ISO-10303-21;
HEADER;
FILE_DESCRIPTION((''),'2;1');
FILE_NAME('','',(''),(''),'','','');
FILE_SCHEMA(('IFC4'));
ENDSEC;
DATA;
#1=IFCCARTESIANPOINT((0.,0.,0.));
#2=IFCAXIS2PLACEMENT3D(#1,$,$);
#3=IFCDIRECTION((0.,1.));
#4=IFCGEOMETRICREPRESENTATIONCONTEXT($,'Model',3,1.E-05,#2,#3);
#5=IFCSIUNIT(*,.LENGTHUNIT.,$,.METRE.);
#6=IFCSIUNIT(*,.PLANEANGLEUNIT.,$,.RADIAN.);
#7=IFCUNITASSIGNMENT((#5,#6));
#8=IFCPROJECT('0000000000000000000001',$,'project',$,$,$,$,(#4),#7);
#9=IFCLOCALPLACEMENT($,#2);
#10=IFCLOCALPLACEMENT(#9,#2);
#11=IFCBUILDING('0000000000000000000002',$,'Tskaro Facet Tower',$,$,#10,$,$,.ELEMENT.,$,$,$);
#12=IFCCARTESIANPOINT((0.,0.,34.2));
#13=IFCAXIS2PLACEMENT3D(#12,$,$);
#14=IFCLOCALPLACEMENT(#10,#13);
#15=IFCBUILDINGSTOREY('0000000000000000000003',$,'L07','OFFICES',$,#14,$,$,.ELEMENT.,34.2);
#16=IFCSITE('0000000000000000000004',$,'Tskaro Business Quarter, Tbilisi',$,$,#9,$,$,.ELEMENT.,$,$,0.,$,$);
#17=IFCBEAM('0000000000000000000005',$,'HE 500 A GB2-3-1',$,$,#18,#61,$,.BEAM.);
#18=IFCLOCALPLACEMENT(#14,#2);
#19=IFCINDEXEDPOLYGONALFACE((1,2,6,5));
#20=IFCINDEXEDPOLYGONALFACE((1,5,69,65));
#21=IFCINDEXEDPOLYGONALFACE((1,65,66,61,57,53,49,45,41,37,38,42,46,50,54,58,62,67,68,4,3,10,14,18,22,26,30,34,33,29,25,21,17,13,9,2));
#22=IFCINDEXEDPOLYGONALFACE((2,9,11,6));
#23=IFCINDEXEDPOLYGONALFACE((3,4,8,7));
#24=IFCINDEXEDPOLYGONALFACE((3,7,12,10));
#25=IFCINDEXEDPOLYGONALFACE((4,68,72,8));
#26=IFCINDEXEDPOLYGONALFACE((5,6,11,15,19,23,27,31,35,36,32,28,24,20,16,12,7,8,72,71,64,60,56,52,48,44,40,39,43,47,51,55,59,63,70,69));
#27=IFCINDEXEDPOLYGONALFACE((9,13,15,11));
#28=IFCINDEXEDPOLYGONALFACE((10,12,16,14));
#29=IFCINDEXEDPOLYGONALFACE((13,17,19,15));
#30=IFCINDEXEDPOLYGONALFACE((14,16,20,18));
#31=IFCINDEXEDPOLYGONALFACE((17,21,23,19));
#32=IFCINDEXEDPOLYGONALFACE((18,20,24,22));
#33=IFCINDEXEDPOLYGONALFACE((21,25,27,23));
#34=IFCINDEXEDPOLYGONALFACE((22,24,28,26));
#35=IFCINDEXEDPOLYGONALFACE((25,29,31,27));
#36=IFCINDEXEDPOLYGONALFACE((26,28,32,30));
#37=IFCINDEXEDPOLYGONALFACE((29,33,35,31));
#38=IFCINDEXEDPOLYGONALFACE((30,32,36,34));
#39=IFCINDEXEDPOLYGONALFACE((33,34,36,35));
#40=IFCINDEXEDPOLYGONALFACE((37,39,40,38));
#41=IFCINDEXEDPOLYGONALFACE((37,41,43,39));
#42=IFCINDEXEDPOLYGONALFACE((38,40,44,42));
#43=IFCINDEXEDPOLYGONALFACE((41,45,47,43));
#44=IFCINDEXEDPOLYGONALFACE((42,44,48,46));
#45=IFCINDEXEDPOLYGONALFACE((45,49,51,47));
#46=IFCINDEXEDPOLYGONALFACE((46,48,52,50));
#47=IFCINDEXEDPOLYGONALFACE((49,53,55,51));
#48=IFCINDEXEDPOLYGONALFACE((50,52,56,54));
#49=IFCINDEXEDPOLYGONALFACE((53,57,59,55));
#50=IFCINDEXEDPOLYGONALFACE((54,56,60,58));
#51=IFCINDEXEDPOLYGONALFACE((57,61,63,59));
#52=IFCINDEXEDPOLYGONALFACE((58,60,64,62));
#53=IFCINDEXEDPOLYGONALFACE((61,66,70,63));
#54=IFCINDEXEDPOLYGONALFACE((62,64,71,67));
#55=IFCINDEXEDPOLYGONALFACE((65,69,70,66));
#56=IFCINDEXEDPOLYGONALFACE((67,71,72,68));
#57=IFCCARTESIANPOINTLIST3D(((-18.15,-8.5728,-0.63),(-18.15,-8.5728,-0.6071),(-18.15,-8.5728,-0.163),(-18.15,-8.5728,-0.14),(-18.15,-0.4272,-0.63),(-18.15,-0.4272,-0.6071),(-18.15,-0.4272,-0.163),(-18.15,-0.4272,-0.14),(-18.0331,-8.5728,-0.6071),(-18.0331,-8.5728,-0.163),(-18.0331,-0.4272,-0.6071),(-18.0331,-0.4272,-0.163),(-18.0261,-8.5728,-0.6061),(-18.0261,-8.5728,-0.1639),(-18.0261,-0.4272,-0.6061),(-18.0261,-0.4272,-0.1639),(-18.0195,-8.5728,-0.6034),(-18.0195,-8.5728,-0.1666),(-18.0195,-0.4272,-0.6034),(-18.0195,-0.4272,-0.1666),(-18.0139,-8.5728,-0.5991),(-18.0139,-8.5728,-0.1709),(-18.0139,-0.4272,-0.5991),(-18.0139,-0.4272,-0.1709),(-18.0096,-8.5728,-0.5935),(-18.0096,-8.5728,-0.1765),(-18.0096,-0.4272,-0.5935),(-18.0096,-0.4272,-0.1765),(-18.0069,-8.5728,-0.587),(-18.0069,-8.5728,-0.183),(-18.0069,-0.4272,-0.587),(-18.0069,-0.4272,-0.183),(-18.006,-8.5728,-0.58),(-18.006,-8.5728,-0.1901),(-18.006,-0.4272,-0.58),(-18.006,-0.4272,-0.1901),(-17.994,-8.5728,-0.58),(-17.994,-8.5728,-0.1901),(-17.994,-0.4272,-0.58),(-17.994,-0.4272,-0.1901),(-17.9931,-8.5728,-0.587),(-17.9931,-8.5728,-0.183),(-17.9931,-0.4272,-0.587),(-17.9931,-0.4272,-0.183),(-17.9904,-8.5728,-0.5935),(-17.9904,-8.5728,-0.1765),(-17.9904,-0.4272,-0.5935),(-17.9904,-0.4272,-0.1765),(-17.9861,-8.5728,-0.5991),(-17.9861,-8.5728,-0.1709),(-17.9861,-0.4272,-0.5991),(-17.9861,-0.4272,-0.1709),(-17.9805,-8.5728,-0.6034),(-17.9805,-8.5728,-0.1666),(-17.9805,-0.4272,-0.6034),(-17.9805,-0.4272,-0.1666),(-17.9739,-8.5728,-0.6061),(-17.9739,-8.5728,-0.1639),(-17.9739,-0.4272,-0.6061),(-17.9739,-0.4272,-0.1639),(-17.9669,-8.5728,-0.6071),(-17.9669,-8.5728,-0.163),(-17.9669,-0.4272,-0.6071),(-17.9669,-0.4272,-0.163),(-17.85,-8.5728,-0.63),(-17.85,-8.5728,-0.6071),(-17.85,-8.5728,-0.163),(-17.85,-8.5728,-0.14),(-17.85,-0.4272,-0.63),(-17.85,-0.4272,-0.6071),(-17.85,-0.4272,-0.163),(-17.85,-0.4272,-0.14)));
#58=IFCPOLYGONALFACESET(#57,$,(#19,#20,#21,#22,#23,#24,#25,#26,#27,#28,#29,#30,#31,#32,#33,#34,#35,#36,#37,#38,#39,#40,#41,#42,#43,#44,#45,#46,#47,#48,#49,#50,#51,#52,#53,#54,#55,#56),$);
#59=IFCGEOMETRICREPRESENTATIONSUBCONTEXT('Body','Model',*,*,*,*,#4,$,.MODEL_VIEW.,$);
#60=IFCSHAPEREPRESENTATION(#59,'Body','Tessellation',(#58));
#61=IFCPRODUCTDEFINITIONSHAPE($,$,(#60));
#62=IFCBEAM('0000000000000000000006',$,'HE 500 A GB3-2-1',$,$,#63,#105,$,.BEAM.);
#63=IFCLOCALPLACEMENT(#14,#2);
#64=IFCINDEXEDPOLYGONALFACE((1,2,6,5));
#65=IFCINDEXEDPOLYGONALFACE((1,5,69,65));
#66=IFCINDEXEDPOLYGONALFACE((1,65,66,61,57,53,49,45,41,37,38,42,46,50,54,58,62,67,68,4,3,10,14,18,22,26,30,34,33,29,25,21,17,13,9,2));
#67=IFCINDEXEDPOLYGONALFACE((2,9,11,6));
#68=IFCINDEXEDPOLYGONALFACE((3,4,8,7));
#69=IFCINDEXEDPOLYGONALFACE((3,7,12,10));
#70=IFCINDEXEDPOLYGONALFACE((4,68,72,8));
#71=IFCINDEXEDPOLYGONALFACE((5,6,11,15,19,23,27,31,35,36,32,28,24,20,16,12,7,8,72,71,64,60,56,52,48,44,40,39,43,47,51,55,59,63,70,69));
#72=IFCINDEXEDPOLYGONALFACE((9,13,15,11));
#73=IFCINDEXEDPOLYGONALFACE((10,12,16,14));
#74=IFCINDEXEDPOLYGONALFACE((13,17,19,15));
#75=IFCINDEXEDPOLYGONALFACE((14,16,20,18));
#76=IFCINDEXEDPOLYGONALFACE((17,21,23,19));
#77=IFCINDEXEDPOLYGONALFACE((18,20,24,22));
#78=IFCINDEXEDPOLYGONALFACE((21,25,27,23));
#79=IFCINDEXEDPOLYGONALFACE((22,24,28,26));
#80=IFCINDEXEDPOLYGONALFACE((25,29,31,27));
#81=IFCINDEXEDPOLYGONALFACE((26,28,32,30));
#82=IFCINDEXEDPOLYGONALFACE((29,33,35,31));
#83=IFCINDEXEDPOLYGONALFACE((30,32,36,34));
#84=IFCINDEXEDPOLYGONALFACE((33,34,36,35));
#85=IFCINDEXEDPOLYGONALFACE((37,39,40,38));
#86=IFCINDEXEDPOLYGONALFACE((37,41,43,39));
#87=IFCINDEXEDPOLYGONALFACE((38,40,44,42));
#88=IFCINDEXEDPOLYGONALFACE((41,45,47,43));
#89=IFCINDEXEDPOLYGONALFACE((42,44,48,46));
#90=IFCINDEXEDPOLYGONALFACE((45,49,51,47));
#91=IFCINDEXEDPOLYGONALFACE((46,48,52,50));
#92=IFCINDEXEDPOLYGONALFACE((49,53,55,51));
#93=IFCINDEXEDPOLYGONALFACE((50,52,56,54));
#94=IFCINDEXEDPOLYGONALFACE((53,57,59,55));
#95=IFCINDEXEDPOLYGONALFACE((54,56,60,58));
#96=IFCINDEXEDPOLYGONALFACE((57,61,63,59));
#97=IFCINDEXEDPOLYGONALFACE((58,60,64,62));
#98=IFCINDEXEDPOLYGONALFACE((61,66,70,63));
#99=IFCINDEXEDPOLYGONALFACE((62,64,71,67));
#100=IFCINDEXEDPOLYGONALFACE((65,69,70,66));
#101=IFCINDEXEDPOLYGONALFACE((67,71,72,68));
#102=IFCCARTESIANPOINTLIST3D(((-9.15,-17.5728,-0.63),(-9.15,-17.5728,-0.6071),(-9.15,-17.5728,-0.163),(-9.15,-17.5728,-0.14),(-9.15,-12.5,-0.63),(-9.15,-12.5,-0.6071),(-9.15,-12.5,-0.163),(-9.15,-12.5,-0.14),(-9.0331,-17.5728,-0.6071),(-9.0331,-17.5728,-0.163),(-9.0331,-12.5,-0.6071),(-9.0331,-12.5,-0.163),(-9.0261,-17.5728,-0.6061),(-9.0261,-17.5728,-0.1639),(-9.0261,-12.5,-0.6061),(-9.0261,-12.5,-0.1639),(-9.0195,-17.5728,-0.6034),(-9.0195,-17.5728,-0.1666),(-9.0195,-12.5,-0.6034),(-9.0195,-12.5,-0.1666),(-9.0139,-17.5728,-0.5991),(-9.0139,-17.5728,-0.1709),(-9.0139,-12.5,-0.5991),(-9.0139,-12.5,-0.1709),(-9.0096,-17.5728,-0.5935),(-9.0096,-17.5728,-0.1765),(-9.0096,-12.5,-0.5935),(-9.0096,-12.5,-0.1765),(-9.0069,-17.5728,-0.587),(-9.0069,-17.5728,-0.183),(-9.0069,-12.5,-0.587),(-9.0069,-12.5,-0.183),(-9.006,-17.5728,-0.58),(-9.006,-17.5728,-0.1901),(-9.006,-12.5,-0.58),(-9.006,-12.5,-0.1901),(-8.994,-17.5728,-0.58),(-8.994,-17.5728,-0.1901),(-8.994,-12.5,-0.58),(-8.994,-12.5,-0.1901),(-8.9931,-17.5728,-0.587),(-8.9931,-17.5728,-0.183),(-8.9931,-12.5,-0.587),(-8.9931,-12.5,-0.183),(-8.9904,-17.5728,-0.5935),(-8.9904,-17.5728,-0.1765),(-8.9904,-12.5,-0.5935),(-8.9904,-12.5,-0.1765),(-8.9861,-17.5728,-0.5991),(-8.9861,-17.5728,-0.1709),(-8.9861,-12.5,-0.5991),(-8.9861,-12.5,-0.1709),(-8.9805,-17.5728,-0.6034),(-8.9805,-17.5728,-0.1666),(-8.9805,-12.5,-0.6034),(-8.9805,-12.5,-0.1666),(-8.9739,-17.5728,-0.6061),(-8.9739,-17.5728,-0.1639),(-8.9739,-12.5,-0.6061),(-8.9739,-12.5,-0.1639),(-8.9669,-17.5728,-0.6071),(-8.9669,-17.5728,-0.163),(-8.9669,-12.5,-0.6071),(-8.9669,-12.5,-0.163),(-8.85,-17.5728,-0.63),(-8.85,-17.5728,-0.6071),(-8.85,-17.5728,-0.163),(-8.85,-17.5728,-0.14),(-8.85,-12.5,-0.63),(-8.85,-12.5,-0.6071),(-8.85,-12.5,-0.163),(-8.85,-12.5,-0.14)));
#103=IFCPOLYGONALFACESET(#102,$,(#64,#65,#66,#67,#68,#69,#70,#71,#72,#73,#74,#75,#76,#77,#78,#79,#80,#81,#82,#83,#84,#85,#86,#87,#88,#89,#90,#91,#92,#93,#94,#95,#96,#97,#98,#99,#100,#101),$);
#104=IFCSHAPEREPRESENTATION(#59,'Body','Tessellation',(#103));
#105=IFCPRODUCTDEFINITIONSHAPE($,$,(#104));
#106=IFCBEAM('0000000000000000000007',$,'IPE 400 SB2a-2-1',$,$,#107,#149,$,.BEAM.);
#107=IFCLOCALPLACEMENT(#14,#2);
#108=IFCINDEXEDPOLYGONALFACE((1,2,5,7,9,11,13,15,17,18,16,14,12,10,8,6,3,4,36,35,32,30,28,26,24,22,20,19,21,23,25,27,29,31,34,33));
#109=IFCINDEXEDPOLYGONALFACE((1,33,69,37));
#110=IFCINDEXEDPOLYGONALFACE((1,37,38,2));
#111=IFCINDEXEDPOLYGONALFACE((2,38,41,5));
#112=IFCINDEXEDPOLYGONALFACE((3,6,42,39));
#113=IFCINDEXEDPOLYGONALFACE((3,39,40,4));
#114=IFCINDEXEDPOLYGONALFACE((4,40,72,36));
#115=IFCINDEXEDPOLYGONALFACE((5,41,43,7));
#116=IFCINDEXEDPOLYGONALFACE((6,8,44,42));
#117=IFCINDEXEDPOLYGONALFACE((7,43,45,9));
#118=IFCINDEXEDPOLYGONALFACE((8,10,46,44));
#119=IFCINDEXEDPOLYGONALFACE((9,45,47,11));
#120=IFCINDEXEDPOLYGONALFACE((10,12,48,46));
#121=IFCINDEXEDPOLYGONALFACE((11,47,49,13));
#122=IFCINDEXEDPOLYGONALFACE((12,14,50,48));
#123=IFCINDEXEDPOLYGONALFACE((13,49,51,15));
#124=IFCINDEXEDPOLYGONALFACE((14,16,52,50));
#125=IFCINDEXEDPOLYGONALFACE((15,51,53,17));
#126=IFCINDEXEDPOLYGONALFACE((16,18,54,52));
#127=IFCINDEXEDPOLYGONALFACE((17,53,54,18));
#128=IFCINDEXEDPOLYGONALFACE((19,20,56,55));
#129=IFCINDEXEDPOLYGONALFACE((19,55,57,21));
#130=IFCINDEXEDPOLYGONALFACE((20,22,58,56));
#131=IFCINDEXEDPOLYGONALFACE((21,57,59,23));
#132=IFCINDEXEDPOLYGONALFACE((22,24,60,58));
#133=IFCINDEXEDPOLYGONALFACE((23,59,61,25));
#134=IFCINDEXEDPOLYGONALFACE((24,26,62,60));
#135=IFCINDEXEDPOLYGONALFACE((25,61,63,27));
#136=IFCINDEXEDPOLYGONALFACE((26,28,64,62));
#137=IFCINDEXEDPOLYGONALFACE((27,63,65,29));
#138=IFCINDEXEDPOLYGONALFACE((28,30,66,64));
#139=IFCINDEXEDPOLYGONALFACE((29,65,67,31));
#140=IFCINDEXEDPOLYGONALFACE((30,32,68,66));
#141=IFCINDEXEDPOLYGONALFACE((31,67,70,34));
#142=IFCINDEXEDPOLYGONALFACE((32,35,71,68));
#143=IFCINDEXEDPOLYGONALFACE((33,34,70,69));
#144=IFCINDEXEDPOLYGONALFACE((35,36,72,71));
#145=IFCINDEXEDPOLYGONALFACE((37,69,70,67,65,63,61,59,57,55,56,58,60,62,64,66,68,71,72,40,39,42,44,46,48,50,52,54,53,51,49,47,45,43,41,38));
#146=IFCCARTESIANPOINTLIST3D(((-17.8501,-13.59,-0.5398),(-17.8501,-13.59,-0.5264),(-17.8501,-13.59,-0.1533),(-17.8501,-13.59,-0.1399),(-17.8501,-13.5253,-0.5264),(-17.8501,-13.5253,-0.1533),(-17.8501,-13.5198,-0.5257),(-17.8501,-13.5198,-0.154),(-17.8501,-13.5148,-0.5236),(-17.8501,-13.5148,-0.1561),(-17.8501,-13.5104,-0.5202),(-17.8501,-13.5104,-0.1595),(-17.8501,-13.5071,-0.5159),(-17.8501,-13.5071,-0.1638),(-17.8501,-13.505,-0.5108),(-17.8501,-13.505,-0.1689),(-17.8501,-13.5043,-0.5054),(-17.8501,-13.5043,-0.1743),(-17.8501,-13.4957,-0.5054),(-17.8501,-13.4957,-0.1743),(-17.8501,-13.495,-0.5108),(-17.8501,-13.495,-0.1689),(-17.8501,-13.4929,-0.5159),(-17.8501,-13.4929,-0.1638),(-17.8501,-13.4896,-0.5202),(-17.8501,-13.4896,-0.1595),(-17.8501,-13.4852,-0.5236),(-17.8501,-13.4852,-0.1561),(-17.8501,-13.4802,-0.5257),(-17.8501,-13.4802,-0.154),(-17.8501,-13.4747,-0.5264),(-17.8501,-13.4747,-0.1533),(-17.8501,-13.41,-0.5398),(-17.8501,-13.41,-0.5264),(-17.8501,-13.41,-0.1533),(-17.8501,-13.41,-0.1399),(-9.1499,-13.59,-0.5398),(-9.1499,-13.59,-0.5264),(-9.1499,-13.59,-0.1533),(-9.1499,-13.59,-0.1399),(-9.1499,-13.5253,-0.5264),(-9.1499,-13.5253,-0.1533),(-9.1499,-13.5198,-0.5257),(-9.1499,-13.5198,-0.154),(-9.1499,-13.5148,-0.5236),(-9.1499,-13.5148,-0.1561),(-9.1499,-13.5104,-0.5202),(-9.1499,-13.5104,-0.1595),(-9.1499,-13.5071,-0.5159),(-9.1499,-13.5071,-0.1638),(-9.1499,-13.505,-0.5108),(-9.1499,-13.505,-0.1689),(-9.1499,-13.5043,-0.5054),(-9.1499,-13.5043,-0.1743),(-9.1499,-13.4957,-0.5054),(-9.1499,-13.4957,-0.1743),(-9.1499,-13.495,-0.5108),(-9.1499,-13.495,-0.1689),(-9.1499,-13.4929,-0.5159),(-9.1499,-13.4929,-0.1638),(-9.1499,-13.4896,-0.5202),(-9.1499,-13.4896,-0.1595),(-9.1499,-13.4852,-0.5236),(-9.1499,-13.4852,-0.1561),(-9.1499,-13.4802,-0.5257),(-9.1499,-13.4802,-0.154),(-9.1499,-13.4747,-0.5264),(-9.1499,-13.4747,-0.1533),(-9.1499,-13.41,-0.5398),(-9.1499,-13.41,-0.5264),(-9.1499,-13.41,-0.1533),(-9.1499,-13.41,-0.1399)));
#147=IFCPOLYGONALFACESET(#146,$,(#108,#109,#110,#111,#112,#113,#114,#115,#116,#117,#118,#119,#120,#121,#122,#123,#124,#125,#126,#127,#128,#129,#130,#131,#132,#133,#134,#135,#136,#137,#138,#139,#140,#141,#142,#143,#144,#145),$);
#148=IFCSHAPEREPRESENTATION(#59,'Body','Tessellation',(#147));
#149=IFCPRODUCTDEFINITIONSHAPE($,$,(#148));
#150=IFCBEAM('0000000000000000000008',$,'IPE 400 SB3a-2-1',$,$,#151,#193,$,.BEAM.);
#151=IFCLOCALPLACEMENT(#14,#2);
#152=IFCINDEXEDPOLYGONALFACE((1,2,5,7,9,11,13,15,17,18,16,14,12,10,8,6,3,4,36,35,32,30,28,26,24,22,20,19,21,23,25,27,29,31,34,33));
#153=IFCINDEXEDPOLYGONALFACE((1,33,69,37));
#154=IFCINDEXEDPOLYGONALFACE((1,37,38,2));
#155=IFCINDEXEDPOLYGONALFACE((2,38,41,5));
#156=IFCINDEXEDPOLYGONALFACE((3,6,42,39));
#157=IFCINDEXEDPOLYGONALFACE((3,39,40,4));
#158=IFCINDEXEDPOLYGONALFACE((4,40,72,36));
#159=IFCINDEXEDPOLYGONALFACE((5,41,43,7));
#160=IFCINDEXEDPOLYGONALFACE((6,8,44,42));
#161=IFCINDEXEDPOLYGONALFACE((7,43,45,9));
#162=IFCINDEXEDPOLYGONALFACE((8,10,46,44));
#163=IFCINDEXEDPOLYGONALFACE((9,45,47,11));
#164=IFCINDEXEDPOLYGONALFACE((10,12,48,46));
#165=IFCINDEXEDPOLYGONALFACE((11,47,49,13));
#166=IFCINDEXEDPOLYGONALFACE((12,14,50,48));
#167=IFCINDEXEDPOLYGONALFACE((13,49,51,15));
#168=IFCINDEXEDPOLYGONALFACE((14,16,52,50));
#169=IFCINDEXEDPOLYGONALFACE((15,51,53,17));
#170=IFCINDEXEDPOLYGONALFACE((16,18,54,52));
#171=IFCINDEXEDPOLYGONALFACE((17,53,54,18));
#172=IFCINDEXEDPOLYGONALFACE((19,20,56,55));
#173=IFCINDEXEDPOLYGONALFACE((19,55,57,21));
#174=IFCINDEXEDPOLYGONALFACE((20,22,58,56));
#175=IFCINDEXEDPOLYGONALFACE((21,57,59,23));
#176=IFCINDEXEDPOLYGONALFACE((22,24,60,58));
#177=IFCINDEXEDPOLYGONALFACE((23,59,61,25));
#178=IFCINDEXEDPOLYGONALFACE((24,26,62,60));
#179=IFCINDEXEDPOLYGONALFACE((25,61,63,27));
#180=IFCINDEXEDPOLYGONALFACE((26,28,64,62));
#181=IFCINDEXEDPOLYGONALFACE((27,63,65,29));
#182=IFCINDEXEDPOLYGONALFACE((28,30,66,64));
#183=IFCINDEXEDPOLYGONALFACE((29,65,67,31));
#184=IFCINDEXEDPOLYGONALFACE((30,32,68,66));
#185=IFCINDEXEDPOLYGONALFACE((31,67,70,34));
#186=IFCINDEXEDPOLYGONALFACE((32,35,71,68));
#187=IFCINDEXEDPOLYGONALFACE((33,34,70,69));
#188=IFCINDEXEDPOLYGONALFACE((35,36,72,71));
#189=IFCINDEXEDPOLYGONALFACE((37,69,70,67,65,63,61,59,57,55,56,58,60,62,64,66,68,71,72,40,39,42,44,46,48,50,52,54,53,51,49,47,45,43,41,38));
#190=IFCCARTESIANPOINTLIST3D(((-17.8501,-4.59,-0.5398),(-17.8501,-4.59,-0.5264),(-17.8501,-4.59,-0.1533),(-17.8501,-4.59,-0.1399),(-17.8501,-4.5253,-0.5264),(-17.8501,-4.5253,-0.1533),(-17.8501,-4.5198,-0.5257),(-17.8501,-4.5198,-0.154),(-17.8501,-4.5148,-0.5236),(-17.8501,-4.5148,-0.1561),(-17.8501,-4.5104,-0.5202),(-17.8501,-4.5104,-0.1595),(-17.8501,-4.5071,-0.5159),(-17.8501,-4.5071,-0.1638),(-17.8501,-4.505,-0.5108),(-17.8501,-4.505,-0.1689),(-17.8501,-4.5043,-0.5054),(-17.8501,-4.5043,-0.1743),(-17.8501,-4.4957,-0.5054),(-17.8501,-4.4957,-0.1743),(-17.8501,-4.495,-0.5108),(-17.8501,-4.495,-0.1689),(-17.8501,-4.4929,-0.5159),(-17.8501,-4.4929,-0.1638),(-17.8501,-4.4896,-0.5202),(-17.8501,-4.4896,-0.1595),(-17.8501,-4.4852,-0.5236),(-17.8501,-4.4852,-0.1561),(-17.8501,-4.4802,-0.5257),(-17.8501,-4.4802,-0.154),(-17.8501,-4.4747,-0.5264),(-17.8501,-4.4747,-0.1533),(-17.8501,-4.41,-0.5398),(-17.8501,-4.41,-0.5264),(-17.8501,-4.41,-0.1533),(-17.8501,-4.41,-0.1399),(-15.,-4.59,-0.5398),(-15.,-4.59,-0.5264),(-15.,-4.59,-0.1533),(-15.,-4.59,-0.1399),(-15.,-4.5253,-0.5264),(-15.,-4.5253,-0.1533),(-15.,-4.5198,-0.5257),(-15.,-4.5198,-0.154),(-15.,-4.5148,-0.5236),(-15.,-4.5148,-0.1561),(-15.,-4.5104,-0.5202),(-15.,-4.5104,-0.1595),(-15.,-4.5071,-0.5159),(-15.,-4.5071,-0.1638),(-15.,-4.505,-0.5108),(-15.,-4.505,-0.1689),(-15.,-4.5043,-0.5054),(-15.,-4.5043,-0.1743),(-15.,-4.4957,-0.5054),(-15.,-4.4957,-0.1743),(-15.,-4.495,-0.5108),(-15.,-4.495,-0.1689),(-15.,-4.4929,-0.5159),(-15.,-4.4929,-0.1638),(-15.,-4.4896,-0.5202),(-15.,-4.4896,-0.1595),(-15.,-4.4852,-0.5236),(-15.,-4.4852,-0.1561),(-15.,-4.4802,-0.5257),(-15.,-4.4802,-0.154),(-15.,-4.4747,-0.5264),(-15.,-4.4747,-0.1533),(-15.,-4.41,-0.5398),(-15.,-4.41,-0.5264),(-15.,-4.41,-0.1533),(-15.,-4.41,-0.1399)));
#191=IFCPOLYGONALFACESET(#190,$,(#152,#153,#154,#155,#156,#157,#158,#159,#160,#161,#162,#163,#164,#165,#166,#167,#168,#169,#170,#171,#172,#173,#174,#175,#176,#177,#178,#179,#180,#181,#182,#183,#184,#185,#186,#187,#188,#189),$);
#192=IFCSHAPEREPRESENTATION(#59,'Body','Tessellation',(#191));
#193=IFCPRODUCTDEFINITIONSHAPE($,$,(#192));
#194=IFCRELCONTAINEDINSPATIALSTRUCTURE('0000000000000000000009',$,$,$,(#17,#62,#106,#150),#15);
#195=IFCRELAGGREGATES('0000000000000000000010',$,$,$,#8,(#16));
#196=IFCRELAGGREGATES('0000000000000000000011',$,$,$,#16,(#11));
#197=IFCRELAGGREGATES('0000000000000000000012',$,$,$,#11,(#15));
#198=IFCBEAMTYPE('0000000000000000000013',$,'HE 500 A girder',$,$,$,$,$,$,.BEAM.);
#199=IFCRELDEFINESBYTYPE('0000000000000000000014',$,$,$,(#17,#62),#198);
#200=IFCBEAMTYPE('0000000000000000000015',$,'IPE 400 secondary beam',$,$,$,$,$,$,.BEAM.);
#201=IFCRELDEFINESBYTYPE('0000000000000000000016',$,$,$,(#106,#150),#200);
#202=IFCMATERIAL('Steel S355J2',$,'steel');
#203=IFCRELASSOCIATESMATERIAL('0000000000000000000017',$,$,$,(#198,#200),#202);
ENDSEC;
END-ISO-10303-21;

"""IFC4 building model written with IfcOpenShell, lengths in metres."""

from ifc_helpers import new_model, si_unit, direction, frame, origin, origin_2d, place, context, subcontext, project, spatial, i_section, extrude, material, material_profile, profile_set, type_object, element, save


model = new_model("IFC4")

# Units and contexts
model_context = context("Model", 3, precision=1e-05, world=origin(), true_north=direction((0.0, 1.0)))
body_context = subcontext(model_context, "Body", "Model", "MODEL_VIEW")
ifc_project = project(units=[si_unit("LENGTHUNIT", "METRE"), si_unit("PLANEANGLEUNIT", "RADIAN")], contexts=[model_context])

# Site, building, storey
site_placement = place(None, origin())
site = spatial("IfcSite", under=ifc_project, at=site_placement, Name="Tskaro Business Quarter, Tbilisi", CompositionType="ELEMENT", RefElevation=0.0)
building_placement = place(site_placement, origin())
building = spatial("IfcBuilding", under=site, at=building_placement, Name="Tskaro Facet Tower", CompositionType="ELEMENT")
storey_placement = place(building_placement, frame((0.0, 0.0, 34.2)))
storey = spatial("IfcBuildingStorey", under=building, at=storey_placement, Name="L07", Description="OFFICES", CompositionType="ELEMENT", Elevation=34.2)

# Beams
ifc_material_1 = material(Name="Steel S355J2", Category="steel")
ifc_material_profile_1 = material_profile(ifc_material_1, i_section(OverallWidth=0.3, OverallDepth=0.49, WebThickness=0.012, FlangeThickness=0.0229, FilletRadius=0.0271, at=origin_2d()), Name="HE 500 A")
ifc_profile_set_1 = profile_set([ifc_material_profile_1], Name="Steel S355J2")
beam_type_1 = type_object("IfcBeamType", Name="HE 500 A girder", PredefinedType="BEAM", material=ifc_profile_set_1)
beam_1_placement = place(storey_placement, frame((-18.0, -8.5728, -0.385), z_axis=(0.0, 1.0, 0.0), x_axis=(-1.0, 0.0, 0.0)))
element("IfcBeam", 1, at=beam_1_placement, inside=storey, type_object=beam_type_1, Name="HE 500 A GB2-3-1", PredefinedType="BEAM", context=body_context, shape_type="SweptSolid", body=[
    extrude(i_section(OverallWidth=0.3, OverallDepth=0.49, WebThickness=0.012, FlangeThickness=0.0229, FilletRadius=0.0271, at=origin_2d()), origin(), (0.0, 0.0, 1.0), 8.1455),
])
beam_2_placement = place(storey_placement, frame((-9.0, -17.5728, -0.385), z_axis=(0.0, 1.0, 0.0), x_axis=(-1.0, 0.0, 0.0)))
element("IfcBeam", 2, at=beam_2_placement, inside=storey, type_object=beam_type_1, Name="HE 500 A GB3-2-1", PredefinedType="BEAM", context=body_context, shape_type="SweptSolid", body=[
    extrude(i_section(OverallWidth=0.3, OverallDepth=0.49, WebThickness=0.012, FlangeThickness=0.0229, FilletRadius=0.0271, at=origin_2d()), origin(), (0.0, 0.0, 1.0), 5.0728),
])
ifc_material_profile_2 = material_profile(ifc_material_1, i_section(OverallWidth=0.1799, OverallDepth=0.3999, WebThickness=0.0085, FlangeThickness=0.0134, FilletRadius=0.021, at=origin_2d()), Name="IPE 400")
ifc_profile_set_2 = profile_set([ifc_material_profile_2], Name="Steel S355J2")
beam_type_2 = type_object("IfcBeamType", Name="IPE 400 secondary beam", PredefinedType="BEAM", material=ifc_profile_set_2)
beam_3_placement = place(storey_placement, frame((-17.8501, -13.5, -0.3398), z_axis=(1.0, 0.0, 0.0), x_axis=(0.0, 1.0, 0.0)))
element("IfcBeam", 3, at=beam_3_placement, inside=storey, type_object=beam_type_2, Name="IPE 400 SB2a-2-1", PredefinedType="BEAM", context=body_context, shape_type="SweptSolid", body=[
    extrude(i_section(OverallWidth=0.1799, OverallDepth=0.3999, WebThickness=0.0085, FlangeThickness=0.0134, FilletRadius=0.021, at=origin_2d()), origin(), (0.0, 0.0, 1.0), 8.7002),
])
beam_4_placement = place(storey_placement, frame((-17.8501, -4.5, -0.3398), z_axis=(1.0, 0.0, 0.0), x_axis=(0.0, 1.0, 0.0)))
element("IfcBeam", 4, at=beam_4_placement, inside=storey, type_object=beam_type_2, Name="IPE 400 SB3a-2-1", PredefinedType="BEAM", context=body_context, shape_type="SweptSolid", body=[
    extrude(i_section(OverallWidth=0.1799, OverallDepth=0.3999, WebThickness=0.0085, FlangeThickness=0.0134, FilletRadius=0.021, at=origin_2d()), origin(), (0.0, 0.0, 1.0), 2.8501),
])

save(model, "model.ifc")
